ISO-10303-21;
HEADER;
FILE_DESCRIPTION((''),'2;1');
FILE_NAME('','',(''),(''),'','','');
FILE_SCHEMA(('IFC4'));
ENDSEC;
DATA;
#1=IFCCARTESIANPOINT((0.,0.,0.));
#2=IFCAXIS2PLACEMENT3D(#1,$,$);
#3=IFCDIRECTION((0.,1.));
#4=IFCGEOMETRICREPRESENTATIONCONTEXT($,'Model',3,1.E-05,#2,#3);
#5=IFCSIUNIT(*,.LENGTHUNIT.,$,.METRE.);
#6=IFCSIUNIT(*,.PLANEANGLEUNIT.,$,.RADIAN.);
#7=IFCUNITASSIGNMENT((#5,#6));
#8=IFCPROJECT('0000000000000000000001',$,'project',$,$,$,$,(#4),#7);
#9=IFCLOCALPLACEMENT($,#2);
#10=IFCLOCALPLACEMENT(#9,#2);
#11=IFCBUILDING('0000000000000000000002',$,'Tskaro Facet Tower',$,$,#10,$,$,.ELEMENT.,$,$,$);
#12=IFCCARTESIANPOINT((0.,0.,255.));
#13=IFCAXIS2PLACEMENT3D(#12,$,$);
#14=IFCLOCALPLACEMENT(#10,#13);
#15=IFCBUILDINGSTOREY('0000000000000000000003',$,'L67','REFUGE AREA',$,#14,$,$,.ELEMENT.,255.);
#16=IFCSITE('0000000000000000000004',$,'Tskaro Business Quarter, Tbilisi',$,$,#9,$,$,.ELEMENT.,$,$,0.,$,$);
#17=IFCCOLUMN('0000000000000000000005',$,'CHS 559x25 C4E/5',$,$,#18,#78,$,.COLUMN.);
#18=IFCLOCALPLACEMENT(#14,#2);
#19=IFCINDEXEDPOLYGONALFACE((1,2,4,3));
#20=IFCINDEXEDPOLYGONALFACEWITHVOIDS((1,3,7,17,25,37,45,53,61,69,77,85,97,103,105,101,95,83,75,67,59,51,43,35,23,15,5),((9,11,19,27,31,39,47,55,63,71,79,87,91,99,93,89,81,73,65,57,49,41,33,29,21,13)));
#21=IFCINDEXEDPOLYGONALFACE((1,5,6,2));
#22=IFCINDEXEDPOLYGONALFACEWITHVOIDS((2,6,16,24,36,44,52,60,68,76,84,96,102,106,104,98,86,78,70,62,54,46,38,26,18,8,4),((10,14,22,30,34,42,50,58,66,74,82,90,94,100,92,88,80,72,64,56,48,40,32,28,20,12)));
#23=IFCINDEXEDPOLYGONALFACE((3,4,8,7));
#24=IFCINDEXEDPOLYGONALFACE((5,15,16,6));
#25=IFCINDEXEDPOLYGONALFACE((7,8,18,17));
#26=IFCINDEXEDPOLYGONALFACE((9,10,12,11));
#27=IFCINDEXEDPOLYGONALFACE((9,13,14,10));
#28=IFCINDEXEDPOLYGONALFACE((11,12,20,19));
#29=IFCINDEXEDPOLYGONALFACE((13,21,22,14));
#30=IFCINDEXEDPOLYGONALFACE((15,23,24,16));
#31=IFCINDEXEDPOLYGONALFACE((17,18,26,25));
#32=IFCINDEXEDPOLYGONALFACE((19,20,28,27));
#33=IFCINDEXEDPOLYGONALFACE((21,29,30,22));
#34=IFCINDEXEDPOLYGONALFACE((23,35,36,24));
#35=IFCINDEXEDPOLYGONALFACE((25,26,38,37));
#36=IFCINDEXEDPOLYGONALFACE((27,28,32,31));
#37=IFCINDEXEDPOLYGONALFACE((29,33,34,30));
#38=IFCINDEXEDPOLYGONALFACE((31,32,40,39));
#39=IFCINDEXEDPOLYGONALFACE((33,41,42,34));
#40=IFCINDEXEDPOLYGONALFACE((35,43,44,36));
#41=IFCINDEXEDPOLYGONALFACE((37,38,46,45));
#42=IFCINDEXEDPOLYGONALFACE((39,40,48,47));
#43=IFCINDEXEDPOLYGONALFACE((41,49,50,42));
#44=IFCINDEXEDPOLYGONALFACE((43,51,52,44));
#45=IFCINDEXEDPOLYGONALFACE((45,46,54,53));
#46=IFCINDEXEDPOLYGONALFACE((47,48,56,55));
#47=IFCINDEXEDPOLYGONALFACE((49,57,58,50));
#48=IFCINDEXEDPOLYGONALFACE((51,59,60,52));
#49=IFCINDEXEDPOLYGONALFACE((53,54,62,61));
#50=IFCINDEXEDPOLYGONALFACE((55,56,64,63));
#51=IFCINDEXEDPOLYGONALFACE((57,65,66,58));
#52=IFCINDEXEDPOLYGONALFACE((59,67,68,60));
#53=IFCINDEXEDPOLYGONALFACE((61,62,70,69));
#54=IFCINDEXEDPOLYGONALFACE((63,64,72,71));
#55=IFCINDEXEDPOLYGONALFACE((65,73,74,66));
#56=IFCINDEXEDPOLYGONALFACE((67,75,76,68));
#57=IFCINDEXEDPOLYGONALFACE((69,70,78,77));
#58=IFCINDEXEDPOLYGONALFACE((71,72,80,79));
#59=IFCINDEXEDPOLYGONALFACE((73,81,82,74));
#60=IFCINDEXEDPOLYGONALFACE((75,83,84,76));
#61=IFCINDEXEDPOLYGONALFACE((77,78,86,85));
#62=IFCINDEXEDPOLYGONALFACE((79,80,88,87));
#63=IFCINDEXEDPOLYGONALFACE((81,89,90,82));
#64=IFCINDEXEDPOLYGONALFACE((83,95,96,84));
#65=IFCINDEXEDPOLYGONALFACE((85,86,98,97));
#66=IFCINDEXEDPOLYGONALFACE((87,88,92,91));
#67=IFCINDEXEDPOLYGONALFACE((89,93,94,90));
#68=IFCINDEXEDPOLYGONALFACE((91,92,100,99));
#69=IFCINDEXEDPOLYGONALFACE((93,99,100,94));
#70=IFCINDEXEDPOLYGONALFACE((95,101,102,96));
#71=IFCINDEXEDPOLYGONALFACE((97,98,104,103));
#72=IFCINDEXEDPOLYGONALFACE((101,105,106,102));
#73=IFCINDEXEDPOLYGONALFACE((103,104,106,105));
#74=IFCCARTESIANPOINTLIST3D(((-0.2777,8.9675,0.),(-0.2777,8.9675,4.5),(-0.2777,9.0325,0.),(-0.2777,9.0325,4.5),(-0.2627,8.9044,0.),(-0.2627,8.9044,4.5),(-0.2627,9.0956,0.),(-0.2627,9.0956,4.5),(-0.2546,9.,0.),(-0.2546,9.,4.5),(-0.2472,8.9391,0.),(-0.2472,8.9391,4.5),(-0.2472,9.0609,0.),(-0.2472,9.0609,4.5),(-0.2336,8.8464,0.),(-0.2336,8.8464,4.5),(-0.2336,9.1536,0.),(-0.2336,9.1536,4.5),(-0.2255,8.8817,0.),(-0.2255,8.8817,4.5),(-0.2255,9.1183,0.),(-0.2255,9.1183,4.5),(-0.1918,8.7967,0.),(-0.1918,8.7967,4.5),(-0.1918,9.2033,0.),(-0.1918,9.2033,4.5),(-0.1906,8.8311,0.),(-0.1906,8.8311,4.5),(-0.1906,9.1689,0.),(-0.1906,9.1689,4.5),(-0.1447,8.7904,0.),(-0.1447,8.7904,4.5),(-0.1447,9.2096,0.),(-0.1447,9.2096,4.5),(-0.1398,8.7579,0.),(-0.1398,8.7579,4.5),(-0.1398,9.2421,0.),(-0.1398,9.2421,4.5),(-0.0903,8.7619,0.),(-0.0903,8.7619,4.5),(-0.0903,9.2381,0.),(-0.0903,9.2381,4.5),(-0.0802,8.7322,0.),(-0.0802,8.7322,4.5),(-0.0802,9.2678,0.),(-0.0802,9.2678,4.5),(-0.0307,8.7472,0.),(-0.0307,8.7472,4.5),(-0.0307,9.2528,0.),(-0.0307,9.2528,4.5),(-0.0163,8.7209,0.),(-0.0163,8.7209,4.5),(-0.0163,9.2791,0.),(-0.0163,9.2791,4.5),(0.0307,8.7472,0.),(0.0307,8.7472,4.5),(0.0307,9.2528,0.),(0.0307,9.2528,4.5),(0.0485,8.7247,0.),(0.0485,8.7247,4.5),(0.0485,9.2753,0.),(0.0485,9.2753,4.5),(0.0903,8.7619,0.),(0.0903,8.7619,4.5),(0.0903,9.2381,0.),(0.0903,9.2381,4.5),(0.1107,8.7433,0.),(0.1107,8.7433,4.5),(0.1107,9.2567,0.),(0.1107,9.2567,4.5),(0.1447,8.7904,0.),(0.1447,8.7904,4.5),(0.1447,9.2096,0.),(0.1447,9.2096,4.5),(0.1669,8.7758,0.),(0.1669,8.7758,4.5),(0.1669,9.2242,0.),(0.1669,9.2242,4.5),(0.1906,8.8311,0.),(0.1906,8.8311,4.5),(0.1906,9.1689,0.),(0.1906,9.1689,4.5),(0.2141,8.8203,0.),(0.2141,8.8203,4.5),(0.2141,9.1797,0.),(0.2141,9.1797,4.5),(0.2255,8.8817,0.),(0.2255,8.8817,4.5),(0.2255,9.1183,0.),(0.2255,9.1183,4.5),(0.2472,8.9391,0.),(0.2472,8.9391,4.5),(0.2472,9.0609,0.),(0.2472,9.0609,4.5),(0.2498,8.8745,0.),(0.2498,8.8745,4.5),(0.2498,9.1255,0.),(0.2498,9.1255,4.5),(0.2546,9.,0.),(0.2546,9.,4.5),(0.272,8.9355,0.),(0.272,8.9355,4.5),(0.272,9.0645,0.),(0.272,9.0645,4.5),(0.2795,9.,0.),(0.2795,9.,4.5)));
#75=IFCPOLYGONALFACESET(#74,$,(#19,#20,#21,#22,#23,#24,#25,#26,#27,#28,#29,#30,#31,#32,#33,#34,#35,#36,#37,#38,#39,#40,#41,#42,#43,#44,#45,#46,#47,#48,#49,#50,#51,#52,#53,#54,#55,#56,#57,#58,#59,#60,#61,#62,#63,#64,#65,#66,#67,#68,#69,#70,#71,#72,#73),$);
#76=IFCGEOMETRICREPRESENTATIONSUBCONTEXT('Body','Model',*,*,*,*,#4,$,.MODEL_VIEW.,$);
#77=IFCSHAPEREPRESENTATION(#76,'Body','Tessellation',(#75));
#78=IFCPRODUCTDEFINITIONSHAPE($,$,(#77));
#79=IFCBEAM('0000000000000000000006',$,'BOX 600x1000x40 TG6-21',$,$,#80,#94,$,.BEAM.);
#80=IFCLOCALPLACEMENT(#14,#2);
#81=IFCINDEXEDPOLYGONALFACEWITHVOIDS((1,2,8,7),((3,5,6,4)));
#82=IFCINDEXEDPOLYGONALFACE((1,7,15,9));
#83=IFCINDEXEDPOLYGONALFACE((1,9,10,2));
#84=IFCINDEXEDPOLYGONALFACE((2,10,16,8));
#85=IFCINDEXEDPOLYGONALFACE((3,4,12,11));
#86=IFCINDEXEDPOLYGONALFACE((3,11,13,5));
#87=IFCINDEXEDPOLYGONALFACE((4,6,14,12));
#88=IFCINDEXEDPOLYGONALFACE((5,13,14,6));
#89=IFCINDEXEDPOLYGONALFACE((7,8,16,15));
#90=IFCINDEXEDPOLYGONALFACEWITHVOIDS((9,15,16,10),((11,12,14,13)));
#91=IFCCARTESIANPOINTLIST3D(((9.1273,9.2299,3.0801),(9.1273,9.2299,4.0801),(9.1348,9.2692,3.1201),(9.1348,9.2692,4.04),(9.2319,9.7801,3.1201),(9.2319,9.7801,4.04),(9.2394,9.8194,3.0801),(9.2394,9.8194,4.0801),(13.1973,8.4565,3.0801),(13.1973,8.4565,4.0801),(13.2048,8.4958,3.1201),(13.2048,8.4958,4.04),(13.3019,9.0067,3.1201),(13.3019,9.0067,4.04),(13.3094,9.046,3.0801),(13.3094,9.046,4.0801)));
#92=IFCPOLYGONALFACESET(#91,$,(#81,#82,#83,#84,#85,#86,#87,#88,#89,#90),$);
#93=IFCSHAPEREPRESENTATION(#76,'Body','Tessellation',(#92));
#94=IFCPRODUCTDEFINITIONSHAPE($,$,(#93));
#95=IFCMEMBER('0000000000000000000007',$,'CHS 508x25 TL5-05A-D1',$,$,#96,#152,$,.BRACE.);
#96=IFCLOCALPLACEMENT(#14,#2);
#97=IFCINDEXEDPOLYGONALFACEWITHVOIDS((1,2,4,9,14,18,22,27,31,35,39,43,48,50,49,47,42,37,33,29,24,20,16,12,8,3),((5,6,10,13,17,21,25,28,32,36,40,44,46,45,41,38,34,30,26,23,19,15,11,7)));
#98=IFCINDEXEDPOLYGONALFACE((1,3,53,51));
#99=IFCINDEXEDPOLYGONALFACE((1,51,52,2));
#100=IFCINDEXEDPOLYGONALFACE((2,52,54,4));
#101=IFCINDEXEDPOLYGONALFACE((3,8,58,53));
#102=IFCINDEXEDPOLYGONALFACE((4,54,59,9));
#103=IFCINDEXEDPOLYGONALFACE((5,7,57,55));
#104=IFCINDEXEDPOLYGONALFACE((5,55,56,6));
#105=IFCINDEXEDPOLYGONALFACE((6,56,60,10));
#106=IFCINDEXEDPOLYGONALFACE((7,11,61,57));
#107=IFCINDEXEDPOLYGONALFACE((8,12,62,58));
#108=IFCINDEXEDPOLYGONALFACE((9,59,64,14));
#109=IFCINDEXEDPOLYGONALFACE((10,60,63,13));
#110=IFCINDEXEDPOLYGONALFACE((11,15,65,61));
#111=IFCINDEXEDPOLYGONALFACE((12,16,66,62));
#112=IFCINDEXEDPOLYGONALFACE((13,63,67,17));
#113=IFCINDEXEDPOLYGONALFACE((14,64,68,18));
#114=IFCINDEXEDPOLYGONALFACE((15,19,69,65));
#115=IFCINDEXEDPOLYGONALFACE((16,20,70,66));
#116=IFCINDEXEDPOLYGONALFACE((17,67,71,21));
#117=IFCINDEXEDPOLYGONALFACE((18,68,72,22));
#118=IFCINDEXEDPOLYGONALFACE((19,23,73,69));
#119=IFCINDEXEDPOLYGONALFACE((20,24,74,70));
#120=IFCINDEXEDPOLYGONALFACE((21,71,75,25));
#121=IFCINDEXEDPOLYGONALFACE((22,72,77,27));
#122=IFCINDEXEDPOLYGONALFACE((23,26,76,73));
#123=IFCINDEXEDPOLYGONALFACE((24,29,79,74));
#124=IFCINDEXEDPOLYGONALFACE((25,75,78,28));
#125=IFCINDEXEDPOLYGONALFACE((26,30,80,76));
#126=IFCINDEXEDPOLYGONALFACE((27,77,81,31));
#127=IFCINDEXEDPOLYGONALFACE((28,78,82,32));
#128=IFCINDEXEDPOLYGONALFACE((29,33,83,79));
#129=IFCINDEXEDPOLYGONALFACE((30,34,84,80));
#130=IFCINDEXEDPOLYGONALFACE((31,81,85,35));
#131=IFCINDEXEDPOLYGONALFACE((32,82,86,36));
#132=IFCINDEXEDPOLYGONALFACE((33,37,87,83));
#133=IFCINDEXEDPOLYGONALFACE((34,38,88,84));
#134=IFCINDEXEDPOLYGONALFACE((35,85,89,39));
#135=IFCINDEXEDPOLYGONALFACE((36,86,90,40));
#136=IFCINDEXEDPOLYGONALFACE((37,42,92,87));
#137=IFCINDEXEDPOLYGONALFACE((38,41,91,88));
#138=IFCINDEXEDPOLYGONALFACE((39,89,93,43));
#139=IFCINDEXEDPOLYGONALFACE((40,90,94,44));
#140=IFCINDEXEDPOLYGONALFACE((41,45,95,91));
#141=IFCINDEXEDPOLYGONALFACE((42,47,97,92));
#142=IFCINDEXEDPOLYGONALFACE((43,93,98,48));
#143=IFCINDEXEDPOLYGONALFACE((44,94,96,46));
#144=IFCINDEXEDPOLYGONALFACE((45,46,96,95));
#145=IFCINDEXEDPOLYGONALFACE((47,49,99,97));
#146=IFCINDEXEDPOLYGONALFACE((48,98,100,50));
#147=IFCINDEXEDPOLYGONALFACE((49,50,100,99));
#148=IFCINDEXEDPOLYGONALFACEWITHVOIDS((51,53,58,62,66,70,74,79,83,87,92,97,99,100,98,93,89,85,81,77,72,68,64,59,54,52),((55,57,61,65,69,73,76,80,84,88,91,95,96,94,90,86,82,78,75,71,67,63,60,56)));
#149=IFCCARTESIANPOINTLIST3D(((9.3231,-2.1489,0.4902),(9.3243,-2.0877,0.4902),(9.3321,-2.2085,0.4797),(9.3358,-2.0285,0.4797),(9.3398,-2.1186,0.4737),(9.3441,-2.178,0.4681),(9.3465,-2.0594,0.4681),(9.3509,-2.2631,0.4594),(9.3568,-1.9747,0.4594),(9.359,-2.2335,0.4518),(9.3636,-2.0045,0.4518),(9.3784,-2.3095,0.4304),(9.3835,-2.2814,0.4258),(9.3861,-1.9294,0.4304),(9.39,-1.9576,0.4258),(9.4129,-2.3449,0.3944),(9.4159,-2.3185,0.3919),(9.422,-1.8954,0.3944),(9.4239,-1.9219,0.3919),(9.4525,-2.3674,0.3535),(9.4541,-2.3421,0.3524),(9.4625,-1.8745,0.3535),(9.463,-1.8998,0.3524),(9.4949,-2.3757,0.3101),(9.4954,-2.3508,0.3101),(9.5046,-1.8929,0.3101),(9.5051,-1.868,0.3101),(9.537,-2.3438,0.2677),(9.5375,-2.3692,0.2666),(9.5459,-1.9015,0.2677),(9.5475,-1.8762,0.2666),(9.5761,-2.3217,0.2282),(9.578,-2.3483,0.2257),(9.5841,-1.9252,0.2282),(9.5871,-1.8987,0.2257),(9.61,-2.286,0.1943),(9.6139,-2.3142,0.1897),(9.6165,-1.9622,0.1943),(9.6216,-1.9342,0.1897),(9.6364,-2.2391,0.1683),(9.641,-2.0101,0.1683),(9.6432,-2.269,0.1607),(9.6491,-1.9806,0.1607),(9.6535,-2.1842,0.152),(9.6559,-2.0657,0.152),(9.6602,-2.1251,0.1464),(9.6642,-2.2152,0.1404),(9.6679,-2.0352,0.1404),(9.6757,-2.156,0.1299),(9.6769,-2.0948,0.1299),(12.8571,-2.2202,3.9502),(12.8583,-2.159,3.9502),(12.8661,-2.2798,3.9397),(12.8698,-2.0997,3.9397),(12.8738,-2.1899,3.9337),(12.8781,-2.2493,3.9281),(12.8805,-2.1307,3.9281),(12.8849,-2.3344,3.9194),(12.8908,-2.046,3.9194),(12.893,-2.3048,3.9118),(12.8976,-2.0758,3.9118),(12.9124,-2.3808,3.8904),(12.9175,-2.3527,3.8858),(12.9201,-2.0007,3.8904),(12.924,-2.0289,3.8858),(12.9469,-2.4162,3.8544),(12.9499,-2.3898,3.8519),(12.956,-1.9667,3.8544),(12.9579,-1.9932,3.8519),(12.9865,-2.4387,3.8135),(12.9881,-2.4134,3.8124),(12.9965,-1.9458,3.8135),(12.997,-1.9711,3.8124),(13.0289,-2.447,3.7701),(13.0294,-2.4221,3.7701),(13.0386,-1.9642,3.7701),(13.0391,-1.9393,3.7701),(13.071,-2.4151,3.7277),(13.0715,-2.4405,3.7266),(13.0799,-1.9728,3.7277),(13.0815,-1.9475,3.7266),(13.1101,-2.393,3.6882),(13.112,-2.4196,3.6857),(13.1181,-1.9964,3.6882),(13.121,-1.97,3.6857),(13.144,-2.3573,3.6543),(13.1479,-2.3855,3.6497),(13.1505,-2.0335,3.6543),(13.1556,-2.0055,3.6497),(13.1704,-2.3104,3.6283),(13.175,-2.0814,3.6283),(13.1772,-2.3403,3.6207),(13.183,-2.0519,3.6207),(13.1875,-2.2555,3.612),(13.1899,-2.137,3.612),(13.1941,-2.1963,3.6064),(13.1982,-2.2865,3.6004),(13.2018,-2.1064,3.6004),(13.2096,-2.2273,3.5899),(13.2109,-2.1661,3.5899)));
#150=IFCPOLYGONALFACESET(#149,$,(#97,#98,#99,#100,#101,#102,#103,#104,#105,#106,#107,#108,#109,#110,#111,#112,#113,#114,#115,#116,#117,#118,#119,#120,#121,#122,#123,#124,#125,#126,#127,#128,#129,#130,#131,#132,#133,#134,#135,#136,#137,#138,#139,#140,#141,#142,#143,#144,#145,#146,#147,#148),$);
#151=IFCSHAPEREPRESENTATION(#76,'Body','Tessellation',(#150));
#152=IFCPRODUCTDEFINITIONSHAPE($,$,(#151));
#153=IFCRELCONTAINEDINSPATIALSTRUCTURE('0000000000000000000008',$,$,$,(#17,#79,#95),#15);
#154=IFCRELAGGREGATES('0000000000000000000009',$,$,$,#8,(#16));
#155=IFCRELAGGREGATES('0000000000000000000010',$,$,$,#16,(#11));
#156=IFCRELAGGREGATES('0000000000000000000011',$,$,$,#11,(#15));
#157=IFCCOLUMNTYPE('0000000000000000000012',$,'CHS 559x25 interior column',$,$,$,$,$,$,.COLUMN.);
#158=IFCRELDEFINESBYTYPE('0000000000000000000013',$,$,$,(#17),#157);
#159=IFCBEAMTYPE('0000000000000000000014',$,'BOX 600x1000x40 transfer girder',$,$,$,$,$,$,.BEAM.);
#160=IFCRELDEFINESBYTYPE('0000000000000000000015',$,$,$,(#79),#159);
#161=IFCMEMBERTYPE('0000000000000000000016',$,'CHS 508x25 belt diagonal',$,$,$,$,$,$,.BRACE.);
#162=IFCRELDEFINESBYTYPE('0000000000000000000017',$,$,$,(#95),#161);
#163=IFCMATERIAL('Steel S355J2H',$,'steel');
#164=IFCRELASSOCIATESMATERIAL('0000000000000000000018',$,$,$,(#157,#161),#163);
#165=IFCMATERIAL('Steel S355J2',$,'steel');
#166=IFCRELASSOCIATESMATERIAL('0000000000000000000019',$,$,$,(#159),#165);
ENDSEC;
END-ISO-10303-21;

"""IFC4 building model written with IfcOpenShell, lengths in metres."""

from ifc_helpers import new_model, si_unit, direction, frame, origin, origin_2d, place, context, subcontext, project, spatial, hollow_rectangle, hollow_circle, extrude, material, material_profile, profile_set, type_object, element, save


model = new_model("IFC4")

# Units and contexts
model_context = context("Model", 3, precision=1e-05, world=origin(), true_north=direction((0.0, 1.0)))
body_context = subcontext(model_context, "Body", "Model", "MODEL_VIEW")
ifc_project = project(units=[si_unit("LENGTHUNIT", "METRE"), si_unit("PLANEANGLEUNIT", "RADIAN")], contexts=[model_context])

# Site, building, storey
site_placement = place(None, origin())
site = spatial("IfcSite", under=ifc_project, at=site_placement, Name="Tskaro Business Quarter, Tbilisi", CompositionType="ELEMENT", RefElevation=0.0)
building_placement = place(site_placement, origin())
building = spatial("IfcBuilding", under=site, at=building_placement, Name="Tskaro Facet Tower", CompositionType="ELEMENT")
storey_placement = place(building_placement, frame((0.0, 0.0, 255.0)))
storey = spatial("IfcBuildingStorey", under=building, at=storey_placement, Name="L67", Description="REFUGE AREA", CompositionType="ELEMENT", Elevation=255.0)

# Column
ifc_material_1 = material(Name="Steel S355J2H", Category="steel")
ifc_material_profile_1 = material_profile(ifc_material_1, hollow_circle(Radius=0.2795, WallThickness=0.0249, at=origin_2d()), Name="CHS 559x25")
ifc_profile_set_1 = profile_set([ifc_material_profile_1], Name="Steel S355J2H")
column_type = type_object("IfcColumnType", Name="CHS 559x25 interior column", PredefinedType="COLUMN", material=ifc_profile_set_1)
column_placement = place(storey_placement, frame((0.0, 9.0, 0.0), z_axis=(0.0, 0.0, 1.0), x_axis=(1.0, 0.0, 0.0)))
element("IfcColumn", 1, at=column_placement, inside=storey, type_object=column_type, Name="CHS 559x25 C4E/5", PredefinedType="COLUMN", context=body_context, shape_type="SweptSolid", body=[
    extrude(hollow_circle(Radius=0.2795, WallThickness=0.0249, at=origin_2d()), origin(), (0.0, 0.0, 1.0), 4.5),
])

# Beam
ifc_material_2 = material(Name="Steel S355J2", Category="steel")
ifc_material_profile_2 = material_profile(ifc_material_2, hollow_rectangle(XDim=0.6001, YDim=1.0, WallThickness=0.04, at=origin_2d()), Name="BOX 600x1000x40")
ifc_profile_set_2 = profile_set([ifc_material_profile_2], Name="Steel S355J2")
beam_type_1 = type_object("IfcBeamType", Name="BOX 600x1000x40 transfer girder", PredefinedType="BEAM", material=ifc_profile_set_2)
beam_1_placement = place(storey_placement, frame((9.1833, 9.5247, 3.5801), z_axis=(0.982419, -0.18669, 0.0), x_axis=(0.18669, 0.982419, 0.0)))
element("IfcBeam", 2, at=beam_1_placement, inside=storey, type_object=beam_type_1, Name="BOX 600x1000x40 TG6-21", PredefinedType="BEAM", context=body_context, shape_type="SweptSolid", body=[
    extrude(hollow_rectangle(XDim=0.6001, YDim=1.0, WallThickness=0.04, at=origin_2d()), origin(), (0.0, 0.0, 1.0), 4.1428),
])

# Member
ifc_material_profile_3 = material_profile(ifc_material_1, hollow_circle(Radius=0.2539, WallThickness=0.0249, at=origin_2d()), Name="CHS 508x25")
ifc_profile_set_3 = profile_set([ifc_material_profile_3], Name="Steel S355J2H")
member_type = type_object("IfcMemberType", Name="CHS 508x25 belt diagonal", PredefinedType="BRACE", material=ifc_profile_set_3)
member_placement = place(storey_placement, frame((9.5, -2.1218, 0.3101), z_axis=(0.714472, -0.014413, 0.699516), x_axis=(0.020169, 0.999797, 0.0)))
element("IfcMember", 3, at=member_placement, inside=storey, type_object=member_type, Name="CHS 508x25 TL5-05A-D1", PredefinedType="BRACE", context=body_context, shape_type="SweptSolid", body=[
    extrude(hollow_circle(Radius=0.2539, WallThickness=0.0249, at=origin_2d()), origin(), (0.0, 0.0, 1.0), 4.9463),
])

save(model, "model.ifc")
